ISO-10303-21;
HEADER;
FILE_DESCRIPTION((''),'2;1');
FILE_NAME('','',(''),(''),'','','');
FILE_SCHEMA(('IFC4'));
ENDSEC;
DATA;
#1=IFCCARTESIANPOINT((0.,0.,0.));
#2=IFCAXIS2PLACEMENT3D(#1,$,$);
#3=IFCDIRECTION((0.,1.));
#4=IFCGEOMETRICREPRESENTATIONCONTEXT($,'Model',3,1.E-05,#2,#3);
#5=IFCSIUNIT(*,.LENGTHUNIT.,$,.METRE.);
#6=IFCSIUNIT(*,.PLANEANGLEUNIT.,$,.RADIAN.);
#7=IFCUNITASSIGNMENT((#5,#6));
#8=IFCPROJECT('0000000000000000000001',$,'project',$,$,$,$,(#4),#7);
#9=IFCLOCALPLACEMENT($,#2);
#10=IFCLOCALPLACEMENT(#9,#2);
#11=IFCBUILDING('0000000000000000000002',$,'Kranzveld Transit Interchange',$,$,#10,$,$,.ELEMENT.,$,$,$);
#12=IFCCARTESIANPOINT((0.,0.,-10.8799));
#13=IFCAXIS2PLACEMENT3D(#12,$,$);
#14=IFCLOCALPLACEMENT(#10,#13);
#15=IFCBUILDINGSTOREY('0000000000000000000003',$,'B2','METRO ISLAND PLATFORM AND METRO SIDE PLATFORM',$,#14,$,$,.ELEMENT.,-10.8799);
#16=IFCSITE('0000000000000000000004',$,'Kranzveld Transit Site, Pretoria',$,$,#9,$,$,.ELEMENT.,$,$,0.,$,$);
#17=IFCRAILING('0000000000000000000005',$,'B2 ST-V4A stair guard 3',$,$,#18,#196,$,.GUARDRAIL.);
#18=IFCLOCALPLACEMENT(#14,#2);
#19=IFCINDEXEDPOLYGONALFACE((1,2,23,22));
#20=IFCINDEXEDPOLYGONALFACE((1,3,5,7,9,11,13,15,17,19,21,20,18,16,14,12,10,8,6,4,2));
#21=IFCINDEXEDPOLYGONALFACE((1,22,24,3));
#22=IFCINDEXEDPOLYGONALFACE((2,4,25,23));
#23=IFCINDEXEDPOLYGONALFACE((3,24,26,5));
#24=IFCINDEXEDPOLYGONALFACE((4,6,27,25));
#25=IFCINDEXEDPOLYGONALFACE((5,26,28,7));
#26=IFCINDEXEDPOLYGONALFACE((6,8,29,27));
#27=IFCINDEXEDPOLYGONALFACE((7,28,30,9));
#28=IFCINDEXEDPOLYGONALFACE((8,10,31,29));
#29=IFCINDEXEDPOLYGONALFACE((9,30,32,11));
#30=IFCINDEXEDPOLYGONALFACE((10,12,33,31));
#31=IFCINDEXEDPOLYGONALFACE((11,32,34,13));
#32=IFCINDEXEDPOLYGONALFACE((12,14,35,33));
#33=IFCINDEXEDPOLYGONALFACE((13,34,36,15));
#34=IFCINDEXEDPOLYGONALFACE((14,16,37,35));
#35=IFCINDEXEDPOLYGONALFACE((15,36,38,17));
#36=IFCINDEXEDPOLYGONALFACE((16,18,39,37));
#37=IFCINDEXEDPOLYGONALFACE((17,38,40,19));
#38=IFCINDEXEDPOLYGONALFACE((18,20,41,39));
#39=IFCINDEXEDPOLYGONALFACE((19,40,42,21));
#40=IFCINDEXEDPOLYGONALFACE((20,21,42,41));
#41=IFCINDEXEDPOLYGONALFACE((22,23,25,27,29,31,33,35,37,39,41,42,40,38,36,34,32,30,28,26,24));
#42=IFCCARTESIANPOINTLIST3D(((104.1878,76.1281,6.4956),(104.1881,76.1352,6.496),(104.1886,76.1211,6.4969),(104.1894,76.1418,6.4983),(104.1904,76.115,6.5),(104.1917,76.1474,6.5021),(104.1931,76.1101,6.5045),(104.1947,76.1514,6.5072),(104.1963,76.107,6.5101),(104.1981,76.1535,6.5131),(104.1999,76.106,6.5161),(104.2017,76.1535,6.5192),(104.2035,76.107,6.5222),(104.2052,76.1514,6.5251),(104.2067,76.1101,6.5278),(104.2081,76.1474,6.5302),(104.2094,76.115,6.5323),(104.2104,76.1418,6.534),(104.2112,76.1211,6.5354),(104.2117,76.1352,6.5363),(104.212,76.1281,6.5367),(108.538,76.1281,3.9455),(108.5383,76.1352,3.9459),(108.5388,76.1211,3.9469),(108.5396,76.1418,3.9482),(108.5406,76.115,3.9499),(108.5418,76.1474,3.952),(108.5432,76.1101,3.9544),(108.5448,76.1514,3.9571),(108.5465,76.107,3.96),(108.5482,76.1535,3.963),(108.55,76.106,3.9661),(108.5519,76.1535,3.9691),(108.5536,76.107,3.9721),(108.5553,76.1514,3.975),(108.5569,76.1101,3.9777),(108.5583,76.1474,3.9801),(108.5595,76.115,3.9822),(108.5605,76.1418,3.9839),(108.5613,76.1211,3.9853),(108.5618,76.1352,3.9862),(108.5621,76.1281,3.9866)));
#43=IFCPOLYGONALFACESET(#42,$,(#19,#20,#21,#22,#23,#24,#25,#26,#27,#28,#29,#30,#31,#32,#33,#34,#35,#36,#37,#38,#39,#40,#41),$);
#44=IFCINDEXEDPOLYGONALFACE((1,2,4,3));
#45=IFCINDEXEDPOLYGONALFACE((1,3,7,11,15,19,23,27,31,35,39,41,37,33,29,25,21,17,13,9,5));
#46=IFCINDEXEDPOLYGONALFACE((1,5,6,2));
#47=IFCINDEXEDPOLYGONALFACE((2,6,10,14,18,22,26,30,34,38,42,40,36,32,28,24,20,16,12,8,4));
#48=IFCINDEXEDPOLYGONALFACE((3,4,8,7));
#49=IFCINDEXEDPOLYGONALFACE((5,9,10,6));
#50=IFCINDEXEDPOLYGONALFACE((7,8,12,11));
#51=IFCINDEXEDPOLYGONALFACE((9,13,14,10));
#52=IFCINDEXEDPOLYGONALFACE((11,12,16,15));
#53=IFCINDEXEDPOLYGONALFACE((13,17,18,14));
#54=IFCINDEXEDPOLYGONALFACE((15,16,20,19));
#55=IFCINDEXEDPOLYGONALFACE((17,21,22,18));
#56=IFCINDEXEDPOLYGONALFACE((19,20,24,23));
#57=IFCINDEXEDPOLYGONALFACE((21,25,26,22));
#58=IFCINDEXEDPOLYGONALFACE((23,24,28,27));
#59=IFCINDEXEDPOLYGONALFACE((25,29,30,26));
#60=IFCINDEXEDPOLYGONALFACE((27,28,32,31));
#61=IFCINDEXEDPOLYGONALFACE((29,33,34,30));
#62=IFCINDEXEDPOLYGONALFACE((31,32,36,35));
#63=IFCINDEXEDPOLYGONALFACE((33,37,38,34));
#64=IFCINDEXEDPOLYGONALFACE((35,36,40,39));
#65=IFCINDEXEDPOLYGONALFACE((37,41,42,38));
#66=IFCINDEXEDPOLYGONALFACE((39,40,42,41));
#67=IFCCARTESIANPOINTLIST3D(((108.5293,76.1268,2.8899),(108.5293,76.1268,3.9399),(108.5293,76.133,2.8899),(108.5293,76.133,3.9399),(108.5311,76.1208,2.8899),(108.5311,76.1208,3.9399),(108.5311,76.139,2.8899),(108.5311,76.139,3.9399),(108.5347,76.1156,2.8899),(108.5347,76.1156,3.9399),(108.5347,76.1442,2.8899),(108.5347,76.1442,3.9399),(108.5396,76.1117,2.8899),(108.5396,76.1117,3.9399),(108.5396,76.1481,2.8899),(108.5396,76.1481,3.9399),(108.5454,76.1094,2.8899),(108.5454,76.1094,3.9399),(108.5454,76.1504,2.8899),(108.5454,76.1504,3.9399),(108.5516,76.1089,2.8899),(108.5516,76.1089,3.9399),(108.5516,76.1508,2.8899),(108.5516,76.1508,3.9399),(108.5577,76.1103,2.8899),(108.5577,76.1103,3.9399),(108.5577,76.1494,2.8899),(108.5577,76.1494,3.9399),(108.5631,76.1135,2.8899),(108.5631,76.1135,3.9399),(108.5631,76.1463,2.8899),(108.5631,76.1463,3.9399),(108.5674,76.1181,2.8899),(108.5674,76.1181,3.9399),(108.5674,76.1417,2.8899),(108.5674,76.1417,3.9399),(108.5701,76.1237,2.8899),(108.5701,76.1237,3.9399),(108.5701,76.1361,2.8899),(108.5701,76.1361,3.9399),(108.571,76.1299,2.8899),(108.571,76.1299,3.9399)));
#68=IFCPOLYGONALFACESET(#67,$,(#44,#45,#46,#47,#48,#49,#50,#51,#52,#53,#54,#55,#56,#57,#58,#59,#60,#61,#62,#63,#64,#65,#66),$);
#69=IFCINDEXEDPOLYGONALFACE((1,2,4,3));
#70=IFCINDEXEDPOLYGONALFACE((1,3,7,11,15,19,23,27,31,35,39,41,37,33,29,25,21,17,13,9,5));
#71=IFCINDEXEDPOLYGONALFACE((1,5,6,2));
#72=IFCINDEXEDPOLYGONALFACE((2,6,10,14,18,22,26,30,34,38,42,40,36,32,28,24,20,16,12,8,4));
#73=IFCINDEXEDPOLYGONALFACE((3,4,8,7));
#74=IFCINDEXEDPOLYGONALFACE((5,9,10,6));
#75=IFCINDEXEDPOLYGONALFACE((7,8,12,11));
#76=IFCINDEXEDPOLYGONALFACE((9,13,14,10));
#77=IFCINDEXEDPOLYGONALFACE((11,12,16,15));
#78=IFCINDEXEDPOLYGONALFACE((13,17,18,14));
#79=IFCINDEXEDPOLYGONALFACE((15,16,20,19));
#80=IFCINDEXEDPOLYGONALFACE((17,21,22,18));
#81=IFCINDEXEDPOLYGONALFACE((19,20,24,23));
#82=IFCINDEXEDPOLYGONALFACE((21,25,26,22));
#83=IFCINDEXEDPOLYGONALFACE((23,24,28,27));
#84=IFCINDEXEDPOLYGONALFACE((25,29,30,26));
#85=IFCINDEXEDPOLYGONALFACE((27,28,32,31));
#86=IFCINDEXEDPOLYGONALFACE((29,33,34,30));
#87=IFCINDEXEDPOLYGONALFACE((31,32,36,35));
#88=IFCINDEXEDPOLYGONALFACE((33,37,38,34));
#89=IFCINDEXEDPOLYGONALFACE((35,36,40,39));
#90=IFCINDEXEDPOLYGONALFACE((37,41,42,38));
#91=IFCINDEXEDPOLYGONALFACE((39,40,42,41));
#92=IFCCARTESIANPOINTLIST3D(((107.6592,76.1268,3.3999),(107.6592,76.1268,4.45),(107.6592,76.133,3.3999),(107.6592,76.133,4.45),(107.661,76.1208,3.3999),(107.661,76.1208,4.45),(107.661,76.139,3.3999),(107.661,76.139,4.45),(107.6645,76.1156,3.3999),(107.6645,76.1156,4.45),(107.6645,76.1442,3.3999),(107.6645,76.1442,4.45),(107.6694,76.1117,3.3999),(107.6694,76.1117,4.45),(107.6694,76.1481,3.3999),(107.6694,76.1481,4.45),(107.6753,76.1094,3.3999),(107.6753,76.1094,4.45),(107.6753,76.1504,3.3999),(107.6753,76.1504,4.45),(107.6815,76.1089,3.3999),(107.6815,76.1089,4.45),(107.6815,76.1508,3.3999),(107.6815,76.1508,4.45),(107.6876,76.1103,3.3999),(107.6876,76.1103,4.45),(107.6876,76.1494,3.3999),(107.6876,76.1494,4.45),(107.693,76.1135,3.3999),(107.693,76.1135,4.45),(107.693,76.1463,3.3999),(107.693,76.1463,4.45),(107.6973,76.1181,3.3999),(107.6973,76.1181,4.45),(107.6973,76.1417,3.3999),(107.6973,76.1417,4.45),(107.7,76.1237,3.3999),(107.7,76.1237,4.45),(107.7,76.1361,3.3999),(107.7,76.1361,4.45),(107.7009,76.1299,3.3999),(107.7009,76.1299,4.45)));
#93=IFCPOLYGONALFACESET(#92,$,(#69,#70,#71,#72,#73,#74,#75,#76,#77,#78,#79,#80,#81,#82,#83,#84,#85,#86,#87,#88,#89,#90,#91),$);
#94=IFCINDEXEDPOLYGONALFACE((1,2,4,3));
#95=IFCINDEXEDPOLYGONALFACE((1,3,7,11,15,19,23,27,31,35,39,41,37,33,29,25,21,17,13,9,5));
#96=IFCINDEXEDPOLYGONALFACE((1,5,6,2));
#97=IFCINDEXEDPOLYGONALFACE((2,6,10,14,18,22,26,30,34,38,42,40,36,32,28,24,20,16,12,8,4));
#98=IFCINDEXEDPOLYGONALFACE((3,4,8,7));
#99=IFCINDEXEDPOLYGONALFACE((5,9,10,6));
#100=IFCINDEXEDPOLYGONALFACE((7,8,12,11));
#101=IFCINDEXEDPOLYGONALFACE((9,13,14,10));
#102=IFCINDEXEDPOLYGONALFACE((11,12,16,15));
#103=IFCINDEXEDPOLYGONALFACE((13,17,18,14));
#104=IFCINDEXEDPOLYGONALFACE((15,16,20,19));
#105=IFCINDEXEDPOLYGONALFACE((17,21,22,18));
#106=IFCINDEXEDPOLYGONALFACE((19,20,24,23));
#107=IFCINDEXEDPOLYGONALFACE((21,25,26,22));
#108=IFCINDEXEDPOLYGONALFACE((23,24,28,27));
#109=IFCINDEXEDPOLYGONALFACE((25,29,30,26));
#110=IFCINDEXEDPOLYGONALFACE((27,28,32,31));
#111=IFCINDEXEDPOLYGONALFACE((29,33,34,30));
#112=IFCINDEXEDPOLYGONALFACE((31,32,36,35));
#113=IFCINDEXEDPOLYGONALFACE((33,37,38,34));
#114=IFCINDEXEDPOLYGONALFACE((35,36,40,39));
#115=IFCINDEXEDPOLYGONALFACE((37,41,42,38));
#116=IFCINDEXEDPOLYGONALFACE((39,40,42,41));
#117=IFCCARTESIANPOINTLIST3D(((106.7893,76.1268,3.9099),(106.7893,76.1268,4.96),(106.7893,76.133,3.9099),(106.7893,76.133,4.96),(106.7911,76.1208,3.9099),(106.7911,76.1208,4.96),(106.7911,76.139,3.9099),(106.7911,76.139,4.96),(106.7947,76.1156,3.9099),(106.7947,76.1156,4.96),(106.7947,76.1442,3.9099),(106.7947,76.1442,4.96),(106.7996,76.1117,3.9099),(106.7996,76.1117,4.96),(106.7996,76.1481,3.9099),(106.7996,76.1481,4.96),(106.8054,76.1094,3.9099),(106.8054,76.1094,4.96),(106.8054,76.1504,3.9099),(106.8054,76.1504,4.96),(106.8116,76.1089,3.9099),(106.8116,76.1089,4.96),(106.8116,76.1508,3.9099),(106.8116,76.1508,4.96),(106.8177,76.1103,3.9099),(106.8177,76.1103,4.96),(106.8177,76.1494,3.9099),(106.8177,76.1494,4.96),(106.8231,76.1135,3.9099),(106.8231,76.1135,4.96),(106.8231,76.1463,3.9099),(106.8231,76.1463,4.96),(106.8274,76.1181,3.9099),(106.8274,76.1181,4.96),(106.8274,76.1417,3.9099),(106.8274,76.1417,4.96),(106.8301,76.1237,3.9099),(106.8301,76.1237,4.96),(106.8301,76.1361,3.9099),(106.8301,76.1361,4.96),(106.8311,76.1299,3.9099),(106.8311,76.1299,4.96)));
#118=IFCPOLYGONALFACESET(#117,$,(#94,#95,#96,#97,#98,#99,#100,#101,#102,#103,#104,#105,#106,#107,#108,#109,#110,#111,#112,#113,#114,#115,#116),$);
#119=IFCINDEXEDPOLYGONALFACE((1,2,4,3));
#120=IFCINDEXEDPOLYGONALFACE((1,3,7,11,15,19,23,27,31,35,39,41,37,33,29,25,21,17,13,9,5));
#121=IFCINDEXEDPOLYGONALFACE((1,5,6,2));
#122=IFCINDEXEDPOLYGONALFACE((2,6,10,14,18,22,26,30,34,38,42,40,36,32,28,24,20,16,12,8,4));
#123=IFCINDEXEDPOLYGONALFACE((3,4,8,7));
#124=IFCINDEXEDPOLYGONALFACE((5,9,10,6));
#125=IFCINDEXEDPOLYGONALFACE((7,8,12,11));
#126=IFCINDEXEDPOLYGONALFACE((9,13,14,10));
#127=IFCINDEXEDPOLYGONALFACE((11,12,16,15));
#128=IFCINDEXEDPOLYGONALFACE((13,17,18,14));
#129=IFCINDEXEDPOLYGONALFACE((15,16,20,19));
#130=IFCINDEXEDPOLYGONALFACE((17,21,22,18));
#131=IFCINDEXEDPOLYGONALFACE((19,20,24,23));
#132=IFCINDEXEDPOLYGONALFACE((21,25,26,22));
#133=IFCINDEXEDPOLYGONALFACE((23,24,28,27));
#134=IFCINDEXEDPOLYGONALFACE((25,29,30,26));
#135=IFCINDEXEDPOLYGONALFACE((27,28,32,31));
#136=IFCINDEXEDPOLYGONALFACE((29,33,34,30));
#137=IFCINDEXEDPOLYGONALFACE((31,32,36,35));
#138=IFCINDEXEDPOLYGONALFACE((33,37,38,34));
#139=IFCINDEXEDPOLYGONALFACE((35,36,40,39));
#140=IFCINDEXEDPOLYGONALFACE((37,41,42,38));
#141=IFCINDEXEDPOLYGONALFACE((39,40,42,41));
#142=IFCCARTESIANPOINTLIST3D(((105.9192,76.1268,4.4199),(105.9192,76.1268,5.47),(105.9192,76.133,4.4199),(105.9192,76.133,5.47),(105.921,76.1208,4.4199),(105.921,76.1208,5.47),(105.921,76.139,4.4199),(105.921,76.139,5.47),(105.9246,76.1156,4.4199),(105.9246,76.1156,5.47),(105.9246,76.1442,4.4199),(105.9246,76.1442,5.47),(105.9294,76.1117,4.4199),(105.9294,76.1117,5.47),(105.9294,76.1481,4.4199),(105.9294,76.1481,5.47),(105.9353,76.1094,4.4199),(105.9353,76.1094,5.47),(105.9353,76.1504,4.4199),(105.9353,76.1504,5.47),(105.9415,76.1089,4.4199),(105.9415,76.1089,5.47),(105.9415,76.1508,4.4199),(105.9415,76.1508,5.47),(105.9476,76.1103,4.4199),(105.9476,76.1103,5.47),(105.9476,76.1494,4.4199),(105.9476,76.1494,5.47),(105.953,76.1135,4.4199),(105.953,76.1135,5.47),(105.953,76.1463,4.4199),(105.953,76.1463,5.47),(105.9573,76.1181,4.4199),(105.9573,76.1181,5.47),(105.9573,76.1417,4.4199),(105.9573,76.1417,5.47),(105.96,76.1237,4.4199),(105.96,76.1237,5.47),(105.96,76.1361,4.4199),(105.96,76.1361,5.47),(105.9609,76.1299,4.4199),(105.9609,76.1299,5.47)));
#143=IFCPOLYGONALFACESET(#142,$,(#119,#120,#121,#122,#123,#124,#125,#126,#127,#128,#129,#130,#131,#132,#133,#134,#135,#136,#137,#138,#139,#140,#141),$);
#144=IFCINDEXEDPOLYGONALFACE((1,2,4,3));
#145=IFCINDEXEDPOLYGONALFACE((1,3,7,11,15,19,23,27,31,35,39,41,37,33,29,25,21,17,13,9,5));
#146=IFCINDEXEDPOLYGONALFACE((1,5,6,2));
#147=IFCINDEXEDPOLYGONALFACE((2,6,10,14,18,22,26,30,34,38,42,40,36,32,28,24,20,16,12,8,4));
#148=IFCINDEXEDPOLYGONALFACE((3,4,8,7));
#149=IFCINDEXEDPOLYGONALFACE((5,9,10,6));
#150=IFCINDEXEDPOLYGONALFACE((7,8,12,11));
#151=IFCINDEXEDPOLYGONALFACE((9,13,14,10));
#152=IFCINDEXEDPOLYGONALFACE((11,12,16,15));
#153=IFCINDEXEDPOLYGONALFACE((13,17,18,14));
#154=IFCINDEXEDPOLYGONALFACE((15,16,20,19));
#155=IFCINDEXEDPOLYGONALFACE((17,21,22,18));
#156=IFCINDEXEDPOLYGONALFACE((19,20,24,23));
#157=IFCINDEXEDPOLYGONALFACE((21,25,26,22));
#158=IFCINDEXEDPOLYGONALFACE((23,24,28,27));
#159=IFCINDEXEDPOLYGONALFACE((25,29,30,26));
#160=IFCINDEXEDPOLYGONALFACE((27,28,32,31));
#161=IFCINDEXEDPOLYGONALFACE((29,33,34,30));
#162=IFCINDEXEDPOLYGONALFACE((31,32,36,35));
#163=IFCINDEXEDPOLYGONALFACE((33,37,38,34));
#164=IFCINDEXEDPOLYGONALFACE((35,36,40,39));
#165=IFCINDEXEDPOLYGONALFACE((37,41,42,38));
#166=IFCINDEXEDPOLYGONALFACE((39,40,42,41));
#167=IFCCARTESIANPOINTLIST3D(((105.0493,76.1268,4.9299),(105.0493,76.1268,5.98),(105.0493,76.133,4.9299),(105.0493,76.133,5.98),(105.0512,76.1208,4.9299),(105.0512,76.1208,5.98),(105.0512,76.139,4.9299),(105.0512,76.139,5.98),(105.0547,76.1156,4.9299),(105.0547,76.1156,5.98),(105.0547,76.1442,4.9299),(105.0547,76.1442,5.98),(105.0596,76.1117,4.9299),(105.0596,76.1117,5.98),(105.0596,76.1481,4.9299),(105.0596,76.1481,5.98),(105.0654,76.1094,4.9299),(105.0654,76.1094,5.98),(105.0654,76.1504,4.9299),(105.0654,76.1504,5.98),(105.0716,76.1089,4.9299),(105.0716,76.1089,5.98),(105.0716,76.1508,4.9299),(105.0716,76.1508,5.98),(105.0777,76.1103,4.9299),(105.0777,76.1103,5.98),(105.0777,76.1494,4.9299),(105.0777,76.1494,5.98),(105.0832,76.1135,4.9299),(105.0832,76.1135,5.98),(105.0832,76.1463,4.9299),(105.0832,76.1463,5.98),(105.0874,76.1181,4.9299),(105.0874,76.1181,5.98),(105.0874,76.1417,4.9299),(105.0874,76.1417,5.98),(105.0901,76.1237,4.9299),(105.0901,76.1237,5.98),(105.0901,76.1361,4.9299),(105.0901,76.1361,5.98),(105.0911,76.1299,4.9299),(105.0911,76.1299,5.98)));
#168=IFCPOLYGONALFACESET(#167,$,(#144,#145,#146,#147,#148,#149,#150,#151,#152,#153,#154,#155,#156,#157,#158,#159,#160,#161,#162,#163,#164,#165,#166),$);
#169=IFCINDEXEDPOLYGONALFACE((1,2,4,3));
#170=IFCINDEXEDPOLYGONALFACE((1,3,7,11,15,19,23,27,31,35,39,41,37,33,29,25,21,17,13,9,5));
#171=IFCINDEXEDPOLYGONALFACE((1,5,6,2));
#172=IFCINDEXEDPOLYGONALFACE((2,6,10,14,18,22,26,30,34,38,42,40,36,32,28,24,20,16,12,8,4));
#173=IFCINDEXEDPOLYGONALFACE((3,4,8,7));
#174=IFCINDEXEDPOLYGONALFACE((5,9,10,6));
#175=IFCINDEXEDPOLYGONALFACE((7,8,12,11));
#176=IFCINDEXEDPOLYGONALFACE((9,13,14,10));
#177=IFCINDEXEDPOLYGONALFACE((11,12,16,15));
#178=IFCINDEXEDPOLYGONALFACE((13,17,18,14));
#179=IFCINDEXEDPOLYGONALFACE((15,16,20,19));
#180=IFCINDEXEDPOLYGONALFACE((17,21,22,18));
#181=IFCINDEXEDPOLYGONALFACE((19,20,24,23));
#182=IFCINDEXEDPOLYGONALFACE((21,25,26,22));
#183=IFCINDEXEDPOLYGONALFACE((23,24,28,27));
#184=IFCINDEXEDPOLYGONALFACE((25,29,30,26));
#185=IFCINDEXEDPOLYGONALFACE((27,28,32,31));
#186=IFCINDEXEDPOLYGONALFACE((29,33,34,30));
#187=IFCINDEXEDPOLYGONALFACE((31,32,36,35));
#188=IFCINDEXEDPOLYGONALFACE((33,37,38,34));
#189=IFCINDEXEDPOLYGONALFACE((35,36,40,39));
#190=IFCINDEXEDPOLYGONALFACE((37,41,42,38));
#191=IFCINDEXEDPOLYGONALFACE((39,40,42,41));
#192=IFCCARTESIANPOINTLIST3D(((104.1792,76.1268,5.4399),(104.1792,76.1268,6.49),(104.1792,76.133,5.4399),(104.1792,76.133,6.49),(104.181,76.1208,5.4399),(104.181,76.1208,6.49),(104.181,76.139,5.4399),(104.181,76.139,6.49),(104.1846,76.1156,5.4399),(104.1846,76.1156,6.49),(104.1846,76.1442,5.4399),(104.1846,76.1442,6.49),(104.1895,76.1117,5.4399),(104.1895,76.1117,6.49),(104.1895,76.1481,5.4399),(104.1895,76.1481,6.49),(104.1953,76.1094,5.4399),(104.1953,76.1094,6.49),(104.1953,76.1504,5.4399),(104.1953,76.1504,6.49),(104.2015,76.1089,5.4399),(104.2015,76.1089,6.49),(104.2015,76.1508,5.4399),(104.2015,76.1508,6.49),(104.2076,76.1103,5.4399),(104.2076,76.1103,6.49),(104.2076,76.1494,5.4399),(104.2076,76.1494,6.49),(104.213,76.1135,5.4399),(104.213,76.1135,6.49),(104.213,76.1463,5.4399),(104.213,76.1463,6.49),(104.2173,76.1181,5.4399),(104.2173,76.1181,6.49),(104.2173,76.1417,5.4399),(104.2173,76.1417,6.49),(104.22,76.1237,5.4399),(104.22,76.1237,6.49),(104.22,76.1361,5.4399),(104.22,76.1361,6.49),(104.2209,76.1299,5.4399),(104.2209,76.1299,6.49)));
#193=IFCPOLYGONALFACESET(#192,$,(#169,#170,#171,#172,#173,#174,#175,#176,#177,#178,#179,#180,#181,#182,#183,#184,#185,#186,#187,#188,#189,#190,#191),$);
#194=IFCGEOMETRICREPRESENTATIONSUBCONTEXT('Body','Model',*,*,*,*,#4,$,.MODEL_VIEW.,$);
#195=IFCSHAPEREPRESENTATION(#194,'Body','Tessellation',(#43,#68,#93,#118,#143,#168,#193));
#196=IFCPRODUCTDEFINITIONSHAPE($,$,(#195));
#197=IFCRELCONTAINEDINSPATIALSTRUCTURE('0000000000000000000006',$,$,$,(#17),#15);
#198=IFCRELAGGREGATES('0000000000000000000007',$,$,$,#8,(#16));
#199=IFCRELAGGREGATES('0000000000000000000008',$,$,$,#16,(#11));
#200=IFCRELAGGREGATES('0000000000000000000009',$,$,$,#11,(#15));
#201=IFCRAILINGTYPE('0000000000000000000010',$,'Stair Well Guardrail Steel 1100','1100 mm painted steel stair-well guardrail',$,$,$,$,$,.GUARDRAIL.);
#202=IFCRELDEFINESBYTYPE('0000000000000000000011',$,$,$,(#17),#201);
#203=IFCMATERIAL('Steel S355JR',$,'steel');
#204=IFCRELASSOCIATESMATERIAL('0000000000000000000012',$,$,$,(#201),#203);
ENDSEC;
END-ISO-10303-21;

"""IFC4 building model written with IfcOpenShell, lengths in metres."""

from ifc_helpers import new_model, si_unit, direction, frame, origin, origin_2d, place, context, subcontext, project, spatial, circle, extrude, material, type_object, element, save


model = new_model("IFC4")

# Units and contexts
model_context = context("Model", 3, precision=1e-05, world=origin(), true_north=direction((0.0, 1.0)))
body_context = subcontext(model_context, "Body", "Model", "MODEL_VIEW")
ifc_project = project(units=[si_unit("LENGTHUNIT", "METRE"), si_unit("PLANEANGLEUNIT", "RADIAN")], contexts=[model_context])

# Site, building, storey
site_placement = place(None, origin())
site = spatial("IfcSite", under=ifc_project, at=site_placement, Name="Kranzveld Transit Site, Pretoria", CompositionType="ELEMENT", RefElevation=0.0)
building_placement = place(site_placement, origin())
building = spatial("IfcBuilding", under=site, at=building_placement, Name="Kranzveld Transit Interchange", CompositionType="ELEMENT")
storey_placement = place(building_placement, frame((0.0, 0.0, -10.8799)))
storey = spatial("IfcBuildingStorey", under=building, at=storey_placement, Name="B2", Description="METRO ISLAND PLATFORM AND METRO SIDE PLATFORM", CompositionType="ELEMENT", Elevation=-10.8799)

# Railing
ifc_material_1 = material(Name="Steel S355JR", Category="steel")
railing_type_1 = type_object("IfcRailingType", Name="Stair Well Guardrail Steel 1100", Description="1100 mm painted steel stair-well guardrail", PredefinedType="GUARDRAIL", material=ifc_material_1)
railing_1_placement = place(storey_placement, frame((108.55, 76.1299, 2.8899)))
element("IfcRailing", 1, at=railing_1_placement, inside=storey, type_object=railing_type_1, Name="B2 ST-V4A stair guard 3", PredefinedType="GUARDRAIL", context=body_context, shape_type="SweptSolid", body=[
    extrude(circle(Radius=0.0239, at=origin_2d()), frame((0.0, 0.0, 1.0762), z_axis=(-0.862699, 0.0, 0.505718), x_axis=(0.0, -1.0, 0.0)), (0.0, 0.0, 1.0), 5.0425),
    extrude(circle(Radius=0.021, at=origin_2d()), origin(), (0.0, 0.0, 1.0), 1.05),
    extrude(circle(Radius=0.021, at=origin_2d()), frame((-0.8701, 0.0, 0.51)), (0.0, 0.0, 1.0), 1.05),
    extrude(circle(Radius=0.021, at=origin_2d()), frame((-1.74, 0.0, 1.02)), (0.0, 0.0, 1.0), 1.05),
    extrude(circle(Radius=0.021, at=origin_2d()), frame((-2.6101, 0.0, 1.53)), (0.0, 0.0, 1.0), 1.05),
    extrude(circle(Radius=0.021, at=origin_2d()), frame((-3.48, 0.0, 2.04)), (0.0, 0.0, 1.0), 1.05),
    extrude(circle(Radius=0.021, at=origin_2d()), frame((-4.3501, 0.0, 2.55)), (0.0, 0.0, 1.0), 1.05),
])

save(model, "model.ifc")
